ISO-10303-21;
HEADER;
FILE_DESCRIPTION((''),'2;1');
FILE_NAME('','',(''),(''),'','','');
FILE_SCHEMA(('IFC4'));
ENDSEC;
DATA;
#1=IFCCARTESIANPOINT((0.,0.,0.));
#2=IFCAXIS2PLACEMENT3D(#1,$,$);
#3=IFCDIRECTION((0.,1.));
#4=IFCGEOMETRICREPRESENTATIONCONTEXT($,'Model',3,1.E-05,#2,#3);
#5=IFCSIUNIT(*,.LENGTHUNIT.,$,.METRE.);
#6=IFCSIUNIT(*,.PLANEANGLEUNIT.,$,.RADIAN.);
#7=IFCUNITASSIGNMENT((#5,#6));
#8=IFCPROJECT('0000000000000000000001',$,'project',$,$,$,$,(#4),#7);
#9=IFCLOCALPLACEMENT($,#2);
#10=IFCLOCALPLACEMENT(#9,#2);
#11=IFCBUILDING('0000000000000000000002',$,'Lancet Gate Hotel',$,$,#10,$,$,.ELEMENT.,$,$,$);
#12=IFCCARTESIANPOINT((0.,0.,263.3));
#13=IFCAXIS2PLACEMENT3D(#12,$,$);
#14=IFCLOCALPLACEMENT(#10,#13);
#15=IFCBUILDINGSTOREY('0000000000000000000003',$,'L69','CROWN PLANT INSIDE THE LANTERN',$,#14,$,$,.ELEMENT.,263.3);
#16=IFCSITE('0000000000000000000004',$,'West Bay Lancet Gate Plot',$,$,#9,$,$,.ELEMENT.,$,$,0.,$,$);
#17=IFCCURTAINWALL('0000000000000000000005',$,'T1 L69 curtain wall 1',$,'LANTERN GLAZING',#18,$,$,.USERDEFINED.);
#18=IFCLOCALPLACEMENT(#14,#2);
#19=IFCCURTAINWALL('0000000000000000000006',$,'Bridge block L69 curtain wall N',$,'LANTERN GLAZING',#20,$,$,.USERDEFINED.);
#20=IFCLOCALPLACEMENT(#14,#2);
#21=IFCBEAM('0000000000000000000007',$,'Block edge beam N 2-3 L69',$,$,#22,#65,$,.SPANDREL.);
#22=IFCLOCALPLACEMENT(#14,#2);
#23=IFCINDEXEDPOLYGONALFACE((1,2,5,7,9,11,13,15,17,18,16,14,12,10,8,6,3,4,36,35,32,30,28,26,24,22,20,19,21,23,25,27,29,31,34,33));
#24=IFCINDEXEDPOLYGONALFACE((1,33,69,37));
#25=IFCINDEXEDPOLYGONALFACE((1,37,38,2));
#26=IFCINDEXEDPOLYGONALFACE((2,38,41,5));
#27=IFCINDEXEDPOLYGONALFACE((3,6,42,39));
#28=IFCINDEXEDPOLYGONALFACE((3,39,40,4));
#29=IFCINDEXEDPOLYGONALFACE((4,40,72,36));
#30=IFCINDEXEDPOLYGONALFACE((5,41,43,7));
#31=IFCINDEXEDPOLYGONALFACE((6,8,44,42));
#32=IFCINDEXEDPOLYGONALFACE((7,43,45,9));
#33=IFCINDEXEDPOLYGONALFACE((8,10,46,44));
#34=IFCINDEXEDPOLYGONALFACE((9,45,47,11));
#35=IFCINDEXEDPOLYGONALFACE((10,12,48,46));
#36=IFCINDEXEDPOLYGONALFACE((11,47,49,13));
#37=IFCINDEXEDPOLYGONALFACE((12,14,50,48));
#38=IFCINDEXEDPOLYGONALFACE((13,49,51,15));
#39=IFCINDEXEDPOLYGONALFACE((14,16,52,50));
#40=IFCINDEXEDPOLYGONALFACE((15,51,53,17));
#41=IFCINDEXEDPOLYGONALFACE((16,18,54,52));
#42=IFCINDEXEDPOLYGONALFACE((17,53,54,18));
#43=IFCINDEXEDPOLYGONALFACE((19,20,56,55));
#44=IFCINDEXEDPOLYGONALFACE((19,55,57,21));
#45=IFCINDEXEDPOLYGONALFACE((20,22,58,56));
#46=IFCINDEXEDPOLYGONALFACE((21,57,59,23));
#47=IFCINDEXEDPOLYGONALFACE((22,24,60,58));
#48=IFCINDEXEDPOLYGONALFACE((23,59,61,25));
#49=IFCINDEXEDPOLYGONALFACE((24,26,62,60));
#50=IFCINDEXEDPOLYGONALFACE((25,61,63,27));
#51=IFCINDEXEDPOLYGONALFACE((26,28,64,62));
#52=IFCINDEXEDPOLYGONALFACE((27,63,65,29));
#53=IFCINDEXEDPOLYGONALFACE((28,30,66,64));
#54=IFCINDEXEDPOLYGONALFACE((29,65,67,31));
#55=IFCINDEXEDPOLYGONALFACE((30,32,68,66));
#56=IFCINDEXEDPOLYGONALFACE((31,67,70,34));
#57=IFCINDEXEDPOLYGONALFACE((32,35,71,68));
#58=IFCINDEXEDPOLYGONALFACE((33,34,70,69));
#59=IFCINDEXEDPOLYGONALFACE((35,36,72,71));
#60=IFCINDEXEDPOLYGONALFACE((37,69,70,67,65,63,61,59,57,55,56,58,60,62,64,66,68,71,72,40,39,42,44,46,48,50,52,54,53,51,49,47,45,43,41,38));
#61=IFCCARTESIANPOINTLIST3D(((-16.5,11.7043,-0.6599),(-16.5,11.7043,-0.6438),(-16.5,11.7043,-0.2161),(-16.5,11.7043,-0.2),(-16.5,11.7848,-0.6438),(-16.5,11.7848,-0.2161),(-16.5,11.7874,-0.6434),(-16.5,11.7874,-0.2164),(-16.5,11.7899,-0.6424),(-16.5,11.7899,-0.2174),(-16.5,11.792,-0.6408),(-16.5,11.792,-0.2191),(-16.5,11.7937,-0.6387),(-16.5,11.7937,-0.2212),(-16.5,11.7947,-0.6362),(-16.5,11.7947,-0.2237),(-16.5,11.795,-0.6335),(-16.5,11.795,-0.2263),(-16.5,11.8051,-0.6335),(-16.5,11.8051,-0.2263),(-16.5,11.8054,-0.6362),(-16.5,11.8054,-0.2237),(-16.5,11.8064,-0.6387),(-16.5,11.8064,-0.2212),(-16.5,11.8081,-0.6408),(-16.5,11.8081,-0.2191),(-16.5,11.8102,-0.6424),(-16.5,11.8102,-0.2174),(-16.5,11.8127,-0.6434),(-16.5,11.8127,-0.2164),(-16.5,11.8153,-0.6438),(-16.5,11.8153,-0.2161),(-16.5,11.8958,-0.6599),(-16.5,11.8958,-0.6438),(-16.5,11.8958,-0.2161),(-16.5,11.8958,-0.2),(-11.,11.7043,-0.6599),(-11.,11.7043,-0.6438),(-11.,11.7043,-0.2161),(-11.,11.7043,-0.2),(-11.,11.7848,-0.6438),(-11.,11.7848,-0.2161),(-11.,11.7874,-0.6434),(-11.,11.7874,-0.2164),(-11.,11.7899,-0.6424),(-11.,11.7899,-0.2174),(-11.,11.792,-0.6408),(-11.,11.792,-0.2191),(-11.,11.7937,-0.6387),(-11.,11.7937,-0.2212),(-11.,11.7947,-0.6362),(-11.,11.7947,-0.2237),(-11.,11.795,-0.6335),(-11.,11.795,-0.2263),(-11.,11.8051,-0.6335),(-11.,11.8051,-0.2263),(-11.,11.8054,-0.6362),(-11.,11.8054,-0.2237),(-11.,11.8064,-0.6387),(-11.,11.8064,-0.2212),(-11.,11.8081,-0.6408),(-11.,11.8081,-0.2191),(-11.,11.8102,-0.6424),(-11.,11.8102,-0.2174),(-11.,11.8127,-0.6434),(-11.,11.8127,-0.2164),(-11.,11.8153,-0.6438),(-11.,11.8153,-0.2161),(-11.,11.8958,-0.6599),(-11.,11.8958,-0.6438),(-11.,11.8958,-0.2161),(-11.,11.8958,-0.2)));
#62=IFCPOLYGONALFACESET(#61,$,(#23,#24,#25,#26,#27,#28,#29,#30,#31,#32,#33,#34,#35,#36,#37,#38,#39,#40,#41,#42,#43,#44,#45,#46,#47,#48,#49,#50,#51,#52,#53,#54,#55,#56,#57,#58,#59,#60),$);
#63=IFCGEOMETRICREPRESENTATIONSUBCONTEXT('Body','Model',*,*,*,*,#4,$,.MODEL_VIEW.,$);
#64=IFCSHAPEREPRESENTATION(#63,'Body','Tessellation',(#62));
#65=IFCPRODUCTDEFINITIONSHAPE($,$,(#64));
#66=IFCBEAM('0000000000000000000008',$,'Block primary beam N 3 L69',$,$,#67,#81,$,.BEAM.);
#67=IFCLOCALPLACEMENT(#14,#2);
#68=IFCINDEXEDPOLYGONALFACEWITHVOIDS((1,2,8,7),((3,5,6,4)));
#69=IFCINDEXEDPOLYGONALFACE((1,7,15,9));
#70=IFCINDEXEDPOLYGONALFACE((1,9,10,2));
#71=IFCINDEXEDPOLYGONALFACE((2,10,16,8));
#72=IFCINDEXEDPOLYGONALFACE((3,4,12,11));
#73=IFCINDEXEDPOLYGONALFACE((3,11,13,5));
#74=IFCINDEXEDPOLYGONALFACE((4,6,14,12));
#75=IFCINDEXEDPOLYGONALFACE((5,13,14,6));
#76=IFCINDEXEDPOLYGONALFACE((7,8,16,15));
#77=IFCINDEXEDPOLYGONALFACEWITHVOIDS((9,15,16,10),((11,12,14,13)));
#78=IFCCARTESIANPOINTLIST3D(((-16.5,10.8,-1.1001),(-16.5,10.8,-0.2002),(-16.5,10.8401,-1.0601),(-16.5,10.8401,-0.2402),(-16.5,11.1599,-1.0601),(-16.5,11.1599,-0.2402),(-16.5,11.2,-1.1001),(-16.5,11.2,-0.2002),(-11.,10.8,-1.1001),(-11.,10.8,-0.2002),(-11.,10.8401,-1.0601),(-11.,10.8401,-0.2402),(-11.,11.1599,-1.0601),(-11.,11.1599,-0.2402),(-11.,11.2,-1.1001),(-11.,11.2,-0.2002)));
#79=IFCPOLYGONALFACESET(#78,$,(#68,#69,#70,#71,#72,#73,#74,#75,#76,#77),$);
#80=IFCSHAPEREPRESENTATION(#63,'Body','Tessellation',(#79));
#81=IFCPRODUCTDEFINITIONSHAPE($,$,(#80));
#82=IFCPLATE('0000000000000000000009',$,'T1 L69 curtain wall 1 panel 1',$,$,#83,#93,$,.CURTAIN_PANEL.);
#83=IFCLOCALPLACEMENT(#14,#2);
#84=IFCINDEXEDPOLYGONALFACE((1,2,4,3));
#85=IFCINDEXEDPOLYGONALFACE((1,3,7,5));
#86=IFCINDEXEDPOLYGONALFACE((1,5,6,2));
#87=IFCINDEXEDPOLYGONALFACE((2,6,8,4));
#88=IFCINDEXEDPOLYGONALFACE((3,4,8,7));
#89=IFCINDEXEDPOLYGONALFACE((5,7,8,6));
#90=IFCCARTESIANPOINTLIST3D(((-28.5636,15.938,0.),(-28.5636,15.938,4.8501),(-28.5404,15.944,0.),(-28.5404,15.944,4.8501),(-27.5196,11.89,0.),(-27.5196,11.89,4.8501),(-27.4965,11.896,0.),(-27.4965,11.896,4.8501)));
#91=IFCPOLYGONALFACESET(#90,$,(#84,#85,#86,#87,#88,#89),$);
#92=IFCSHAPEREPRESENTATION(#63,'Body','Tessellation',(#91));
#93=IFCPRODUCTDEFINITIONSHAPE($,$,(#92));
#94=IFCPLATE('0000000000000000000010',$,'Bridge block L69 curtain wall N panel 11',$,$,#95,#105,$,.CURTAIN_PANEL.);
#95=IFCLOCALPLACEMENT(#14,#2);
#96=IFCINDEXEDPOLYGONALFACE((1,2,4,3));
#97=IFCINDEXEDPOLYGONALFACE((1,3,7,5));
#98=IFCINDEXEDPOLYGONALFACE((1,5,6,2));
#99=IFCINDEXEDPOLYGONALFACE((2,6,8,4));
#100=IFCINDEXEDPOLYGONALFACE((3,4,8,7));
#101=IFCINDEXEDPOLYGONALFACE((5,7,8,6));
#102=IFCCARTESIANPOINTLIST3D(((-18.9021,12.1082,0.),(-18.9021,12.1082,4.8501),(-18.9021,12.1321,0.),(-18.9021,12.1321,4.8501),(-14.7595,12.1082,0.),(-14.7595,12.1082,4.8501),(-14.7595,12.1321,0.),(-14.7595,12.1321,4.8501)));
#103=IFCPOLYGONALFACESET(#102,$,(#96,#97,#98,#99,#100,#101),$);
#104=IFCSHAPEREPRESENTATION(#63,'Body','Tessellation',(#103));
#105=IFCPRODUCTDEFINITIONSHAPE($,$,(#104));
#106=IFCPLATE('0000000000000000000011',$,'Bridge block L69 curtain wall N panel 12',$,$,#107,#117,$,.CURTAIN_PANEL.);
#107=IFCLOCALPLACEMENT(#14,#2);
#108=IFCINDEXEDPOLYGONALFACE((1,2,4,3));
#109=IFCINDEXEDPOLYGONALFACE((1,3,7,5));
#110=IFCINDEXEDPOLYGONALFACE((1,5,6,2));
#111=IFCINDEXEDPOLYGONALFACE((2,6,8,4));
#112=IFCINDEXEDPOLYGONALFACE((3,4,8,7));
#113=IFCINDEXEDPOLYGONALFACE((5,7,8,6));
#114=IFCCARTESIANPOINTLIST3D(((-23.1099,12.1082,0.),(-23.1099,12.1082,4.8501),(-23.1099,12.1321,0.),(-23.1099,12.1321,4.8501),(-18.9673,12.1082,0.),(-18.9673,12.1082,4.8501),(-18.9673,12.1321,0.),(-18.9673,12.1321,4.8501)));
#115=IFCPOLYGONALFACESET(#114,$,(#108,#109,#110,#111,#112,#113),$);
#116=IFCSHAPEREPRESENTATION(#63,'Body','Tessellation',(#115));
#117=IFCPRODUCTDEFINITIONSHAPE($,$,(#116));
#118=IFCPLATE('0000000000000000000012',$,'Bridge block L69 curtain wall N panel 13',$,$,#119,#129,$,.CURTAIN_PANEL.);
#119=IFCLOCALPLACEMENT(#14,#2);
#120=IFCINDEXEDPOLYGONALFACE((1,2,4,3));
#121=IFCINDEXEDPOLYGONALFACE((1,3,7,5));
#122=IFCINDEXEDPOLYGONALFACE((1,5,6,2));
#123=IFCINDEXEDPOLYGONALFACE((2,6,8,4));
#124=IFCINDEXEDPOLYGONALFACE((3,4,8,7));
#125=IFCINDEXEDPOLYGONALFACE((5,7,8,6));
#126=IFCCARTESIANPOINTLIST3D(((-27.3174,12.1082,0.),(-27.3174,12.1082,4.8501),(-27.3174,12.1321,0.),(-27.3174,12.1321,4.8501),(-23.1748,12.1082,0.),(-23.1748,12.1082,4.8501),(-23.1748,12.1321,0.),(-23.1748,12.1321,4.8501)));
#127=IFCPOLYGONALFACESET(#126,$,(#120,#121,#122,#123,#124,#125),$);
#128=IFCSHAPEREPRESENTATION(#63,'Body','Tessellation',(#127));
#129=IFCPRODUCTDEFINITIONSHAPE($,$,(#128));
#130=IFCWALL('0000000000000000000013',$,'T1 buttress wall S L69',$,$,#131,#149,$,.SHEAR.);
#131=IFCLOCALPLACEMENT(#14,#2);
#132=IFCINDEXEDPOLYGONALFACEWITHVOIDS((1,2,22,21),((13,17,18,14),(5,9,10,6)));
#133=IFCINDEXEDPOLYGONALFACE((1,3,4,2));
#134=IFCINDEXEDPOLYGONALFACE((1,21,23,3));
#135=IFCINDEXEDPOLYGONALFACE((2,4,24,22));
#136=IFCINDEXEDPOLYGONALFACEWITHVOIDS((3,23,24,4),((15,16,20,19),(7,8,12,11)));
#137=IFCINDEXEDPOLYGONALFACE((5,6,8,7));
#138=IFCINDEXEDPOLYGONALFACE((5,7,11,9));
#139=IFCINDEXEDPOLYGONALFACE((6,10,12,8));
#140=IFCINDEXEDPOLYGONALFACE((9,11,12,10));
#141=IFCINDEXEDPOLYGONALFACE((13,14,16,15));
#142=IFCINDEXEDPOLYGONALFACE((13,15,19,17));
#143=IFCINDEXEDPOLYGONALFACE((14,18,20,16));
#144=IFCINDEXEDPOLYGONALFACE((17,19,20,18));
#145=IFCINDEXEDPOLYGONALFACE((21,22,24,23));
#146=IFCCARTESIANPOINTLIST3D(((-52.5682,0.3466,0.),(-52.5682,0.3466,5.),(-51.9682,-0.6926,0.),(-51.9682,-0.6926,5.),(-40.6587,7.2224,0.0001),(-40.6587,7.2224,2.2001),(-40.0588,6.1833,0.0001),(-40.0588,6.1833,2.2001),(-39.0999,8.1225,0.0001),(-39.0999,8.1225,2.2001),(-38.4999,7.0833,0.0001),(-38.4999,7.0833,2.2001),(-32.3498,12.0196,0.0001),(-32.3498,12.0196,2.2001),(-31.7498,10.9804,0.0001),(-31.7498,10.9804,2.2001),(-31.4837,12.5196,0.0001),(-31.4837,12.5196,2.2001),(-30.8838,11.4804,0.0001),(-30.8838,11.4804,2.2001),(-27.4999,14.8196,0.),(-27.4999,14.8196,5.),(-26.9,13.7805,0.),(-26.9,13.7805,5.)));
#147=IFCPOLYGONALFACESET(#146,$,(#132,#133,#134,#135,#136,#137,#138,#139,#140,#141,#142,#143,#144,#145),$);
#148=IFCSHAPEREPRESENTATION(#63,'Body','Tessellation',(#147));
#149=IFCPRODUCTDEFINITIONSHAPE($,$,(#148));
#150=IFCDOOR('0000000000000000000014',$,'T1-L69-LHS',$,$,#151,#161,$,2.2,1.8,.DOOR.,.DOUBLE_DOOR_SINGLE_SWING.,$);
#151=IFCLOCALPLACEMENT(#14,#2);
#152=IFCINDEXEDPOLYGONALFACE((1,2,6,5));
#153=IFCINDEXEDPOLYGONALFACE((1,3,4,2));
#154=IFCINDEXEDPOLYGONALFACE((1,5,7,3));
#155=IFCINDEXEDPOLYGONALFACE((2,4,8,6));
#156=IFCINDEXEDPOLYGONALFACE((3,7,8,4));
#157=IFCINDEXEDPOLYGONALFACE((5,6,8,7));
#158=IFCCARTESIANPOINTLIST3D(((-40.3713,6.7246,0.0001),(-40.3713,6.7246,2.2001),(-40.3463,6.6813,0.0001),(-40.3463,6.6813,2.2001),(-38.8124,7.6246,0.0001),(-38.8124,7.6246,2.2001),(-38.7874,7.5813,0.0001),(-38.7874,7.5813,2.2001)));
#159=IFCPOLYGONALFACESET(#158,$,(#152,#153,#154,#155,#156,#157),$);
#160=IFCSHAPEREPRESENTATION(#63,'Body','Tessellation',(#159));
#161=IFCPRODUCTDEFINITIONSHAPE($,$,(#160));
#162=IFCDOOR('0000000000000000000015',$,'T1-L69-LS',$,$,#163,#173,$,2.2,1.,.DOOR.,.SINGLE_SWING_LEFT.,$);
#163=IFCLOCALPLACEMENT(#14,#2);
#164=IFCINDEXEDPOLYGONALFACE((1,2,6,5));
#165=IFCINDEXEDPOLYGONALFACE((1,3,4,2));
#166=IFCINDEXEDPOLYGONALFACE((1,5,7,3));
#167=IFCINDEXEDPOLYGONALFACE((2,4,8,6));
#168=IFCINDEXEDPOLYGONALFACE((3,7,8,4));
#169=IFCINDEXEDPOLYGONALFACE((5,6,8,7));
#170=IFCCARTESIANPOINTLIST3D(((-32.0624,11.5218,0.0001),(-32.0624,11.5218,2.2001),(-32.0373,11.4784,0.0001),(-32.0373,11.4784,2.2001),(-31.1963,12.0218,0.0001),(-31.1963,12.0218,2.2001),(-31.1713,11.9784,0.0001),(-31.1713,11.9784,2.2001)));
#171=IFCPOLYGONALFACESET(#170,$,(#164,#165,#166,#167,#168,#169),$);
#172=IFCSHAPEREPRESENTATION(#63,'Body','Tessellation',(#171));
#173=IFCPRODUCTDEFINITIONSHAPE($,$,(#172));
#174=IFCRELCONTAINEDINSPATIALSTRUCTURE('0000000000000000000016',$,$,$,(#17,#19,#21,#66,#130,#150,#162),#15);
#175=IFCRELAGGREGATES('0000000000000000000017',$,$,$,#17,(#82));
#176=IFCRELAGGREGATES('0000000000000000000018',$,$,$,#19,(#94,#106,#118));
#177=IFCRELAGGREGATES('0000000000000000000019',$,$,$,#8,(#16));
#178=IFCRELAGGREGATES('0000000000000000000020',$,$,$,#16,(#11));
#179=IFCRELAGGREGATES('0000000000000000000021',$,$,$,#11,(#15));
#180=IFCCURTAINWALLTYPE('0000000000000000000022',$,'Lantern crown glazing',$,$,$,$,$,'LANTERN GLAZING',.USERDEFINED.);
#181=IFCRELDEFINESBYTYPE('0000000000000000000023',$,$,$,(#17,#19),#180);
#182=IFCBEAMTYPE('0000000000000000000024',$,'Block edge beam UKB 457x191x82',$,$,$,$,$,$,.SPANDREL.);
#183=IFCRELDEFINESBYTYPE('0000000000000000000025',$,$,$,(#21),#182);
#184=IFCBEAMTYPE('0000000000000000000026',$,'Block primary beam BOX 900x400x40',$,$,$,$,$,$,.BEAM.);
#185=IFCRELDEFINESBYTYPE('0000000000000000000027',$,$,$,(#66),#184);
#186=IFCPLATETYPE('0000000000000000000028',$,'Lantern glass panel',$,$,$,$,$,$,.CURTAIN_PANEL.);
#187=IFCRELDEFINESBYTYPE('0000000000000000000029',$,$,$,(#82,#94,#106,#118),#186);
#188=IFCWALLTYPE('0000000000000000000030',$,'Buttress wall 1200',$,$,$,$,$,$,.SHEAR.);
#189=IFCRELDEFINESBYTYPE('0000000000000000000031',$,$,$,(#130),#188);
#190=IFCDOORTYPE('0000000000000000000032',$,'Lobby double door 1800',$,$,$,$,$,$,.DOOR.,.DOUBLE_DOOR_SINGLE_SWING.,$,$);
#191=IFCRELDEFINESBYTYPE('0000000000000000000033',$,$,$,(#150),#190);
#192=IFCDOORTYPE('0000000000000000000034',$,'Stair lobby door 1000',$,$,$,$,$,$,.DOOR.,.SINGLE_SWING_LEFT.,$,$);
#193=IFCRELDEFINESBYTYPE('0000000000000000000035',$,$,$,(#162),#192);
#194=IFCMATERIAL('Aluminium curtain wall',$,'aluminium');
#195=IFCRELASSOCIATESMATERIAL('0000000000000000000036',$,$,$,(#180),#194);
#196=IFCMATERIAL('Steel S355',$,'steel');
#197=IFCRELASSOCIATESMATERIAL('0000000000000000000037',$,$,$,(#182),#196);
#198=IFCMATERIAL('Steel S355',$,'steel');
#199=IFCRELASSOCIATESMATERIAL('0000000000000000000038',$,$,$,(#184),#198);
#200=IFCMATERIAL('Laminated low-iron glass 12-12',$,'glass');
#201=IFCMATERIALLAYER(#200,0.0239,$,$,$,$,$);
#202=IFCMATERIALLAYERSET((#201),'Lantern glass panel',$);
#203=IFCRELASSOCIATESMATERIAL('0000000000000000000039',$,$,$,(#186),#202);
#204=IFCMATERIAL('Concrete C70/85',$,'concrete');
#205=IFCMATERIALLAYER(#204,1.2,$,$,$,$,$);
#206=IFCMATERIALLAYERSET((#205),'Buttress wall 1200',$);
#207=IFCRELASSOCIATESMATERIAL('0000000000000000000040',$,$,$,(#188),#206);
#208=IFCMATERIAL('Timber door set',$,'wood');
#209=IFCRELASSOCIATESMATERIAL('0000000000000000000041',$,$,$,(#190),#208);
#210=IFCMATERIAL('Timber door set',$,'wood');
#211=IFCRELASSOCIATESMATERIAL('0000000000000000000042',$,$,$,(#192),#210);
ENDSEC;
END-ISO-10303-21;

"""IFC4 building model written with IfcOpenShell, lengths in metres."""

from ifc_helpers import new_model, si_unit, direction, frame, frame_2d, origin, origin_2d, place, context, subcontext, project, spatial, rectangle, hollow_rectangle, i_section, extrude, material, layer, layer_set, material_profile, profile_set, type_object, element, fill, aggregate, save


model = new_model("IFC4")

# Units and contexts
model_context = context("Model", 3, precision=1e-05, world=origin(), true_north=direction((0.0, 1.0)))
body_context = subcontext(model_context, "Body", "Model", "MODEL_VIEW")
ifc_project = project(units=[si_unit("LENGTHUNIT", "METRE"), si_unit("PLANEANGLEUNIT", "RADIAN")], contexts=[model_context])

# Site, building, storey
site_placement = place(None, origin())
site = spatial("IfcSite", under=ifc_project, at=site_placement, Name="West Bay Lancet Gate Plot", CompositionType="ELEMENT", RefElevation=0.0)
building_placement = place(site_placement, origin())
building = spatial("IfcBuilding", under=site, at=building_placement, Name="Lancet Gate Hotel", CompositionType="ELEMENT")
storey_placement = place(building_placement, frame((0.0, 0.0, 263.3)))
storey = spatial("IfcBuildingStorey", under=building, at=storey_placement, Name="L69", Description="CROWN PLANT INSIDE THE LANTERN", CompositionType="ELEMENT", Elevation=263.3)

# Curtain wall
ifc_material_1 = material(Name="Aluminium curtain wall", Category="aluminium")
curtain_wall_type = type_object("IfcCurtainWallType", Name="Lantern crown glazing", ElementType="LANTERN GLAZING", PredefinedType="USERDEFINED", material=ifc_material_1)
curtain_wall_1_placement = place(storey_placement, origin())
curtain_wall_1 = element("IfcCurtainWall", 1, at=curtain_wall_1_placement, inside=storey, type_object=curtain_wall_type, Name="T1 L69 curtain wall 1", ObjectType="LANTERN GLAZING", PredefinedType="USERDEFINED")

# Curtain wall
curtain_wall_2_placement = place(storey_placement, origin())
curtain_wall_2 = element("IfcCurtainWall", 2, at=curtain_wall_2_placement, inside=storey, type_object=curtain_wall_type, Name="Bridge block L69 curtain wall N", ObjectType="LANTERN GLAZING", PredefinedType="USERDEFINED")

# Beams
ifc_material_2 = material(Name="Steel S355", Category="steel")
ifc_material_profile_1 = material_profile(ifc_material_2, i_section(OverallWidth=0.1914, OverallDepth=0.46, WebThickness=0.01, FlangeThickness=0.0161, FilletRadius=0.0103, at=origin_2d()), Name="UKB 457x191x82")
ifc_profile_set_1 = profile_set([ifc_material_profile_1], Name="Steel S355")
beam_type_1 = type_object("IfcBeamType", Name="Block edge beam UKB 457x191x82", PredefinedType="SPANDREL", material=ifc_profile_set_1)
for number, where, z_axis, x_axis, name in (
    (3, (-16.5, 11.8, -0.4299), (1.0, 0.0, 0.0), (0.0, 1.0, 0.0), "Block edge beam N 2-3 L69"),
):
    element("IfcBeam", number, at=place(storey_placement, frame(where, z_axis=z_axis, x_axis=x_axis)), inside=storey, type_object=beam_type_1, Name=name, PredefinedType="SPANDREL", context=body_context, shape_type="SweptSolid", body=[
        extrude(i_section(OverallWidth=0.1914, OverallDepth=0.46, WebThickness=0.01, FlangeThickness=0.0161, FilletRadius=0.0103, at=origin_2d()), origin(), (0.0, 0.0, 1.0), 5.5),
    ])
ifc_material_3 = material(Name="Steel S355", Category="steel")
ifc_material_profile_2 = material_profile(ifc_material_3, hollow_rectangle(XDim=0.3999, YDim=0.8999, WallThickness=0.04, at=origin_2d()), Name="BOX 900x400x40")
ifc_profile_set_2 = profile_set([ifc_material_profile_2], Name="Steel S355")
beam_type_2 = type_object("IfcBeamType", Name="Block primary beam BOX 900x400x40", PredefinedType="BEAM", material=ifc_profile_set_2)
beam_1_placement = place(storey_placement, frame((-16.5, 11.0, -0.6501), z_axis=(1.0, 0.0, 0.0), x_axis=(0.0, 1.0, 0.0)))
element("IfcBeam", 4, at=beam_1_placement, inside=storey, type_object=beam_type_2, Name="Block primary beam N 3 L69", PredefinedType="BEAM", context=body_context, shape_type="SweptSolid", body=[
    extrude(hollow_rectangle(XDim=0.3999, YDim=0.8999, WallThickness=0.04, at=origin_2d()), origin(), (0.0, 0.0, 1.0), 5.5),
])

# Plates
ifc_material_4 = material(Name="Laminated low-iron glass 12-12", Category="glass")
ifc_layer_1 = layer(ifc_material_4, 0.0239)
ifc_layer_set_1 = layer_set([ifc_layer_1], Name="Lantern glass panel")
plate_type = type_object("IfcPlateType", Name="Lantern glass panel", PredefinedType="CURTAIN_PANEL", material=ifc_layer_set_1)
plate_1_placement = place(storey_placement, frame((-28.03, 13.917, 0.0), z_axis=(0.0, 0.0, 1.0), x_axis=(-0.249726, 0.968317, 0.0)))
plate_1 = element("IfcPlate", 5, at=plate_1_placement, type_object=plate_type, Name="T1 L69 curtain wall 1 panel 1", PredefinedType="CURTAIN_PANEL", context=body_context, shape_type="SweptSolid", body=[
    extrude(rectangle(XDim=4.1804, YDim=0.0239, at=origin_2d()), origin(), (0.0, 0.0, 1.0), 4.8501),
])
aggregate(curtain_wall_1, [plate_1])
plate_2_placement = place(storey_placement, frame((-16.8308, 12.1201, 0.0), z_axis=(0.0, 0.0, 1.0), x_axis=(-1.0, 0.0, 0.0)))
plate_2 = element("IfcPlate", 6, at=plate_2_placement, type_object=plate_type, Name="Bridge block L69 curtain wall N panel 11", PredefinedType="CURTAIN_PANEL", context=body_context, shape_type="SweptSolid", body=[
    extrude(rectangle(XDim=4.1426, YDim=0.0239, at=origin_2d()), origin(), (0.0, 0.0, 1.0), 4.8501),
])
plate_3_placement = place(storey_placement, frame((-21.0386, 12.1201, 0.0), z_axis=(0.0, 0.0, 1.0), x_axis=(-1.0, 0.0, 0.0)))
plate_3 = element("IfcPlate", 7, at=plate_3_placement, type_object=plate_type, Name="Bridge block L69 curtain wall N panel 12", PredefinedType="CURTAIN_PANEL", context=body_context, shape_type="SweptSolid", body=[
    extrude(rectangle(XDim=4.1426, YDim=0.0239, at=origin_2d()), origin(), (0.0, 0.0, 1.0), 4.8501),
])
plate_4_placement = place(storey_placement, frame((-25.2461, 12.1201, 0.0), z_axis=(0.0, 0.0, 1.0), x_axis=(-1.0, 0.0, 0.0)))
plate_4 = element("IfcPlate", 8, at=plate_4_placement, type_object=plate_type, Name="Bridge block L69 curtain wall N panel 13", PredefinedType="CURTAIN_PANEL", context=body_context, shape_type="SweptSolid", body=[
    extrude(rectangle(XDim=4.1426, YDim=0.0239, at=origin_2d()), origin(), (0.0, 0.0, 1.0), 4.8501),
])
aggregate(curtain_wall_2, [plate_2, plate_3, plate_4])

# Wall, openings, doors
ifc_material_5 = material(Name="Concrete C70/85", Category="concrete")
ifc_layer_2 = layer(ifc_material_5, 1.2)
ifc_layer_set_2 = layer_set([ifc_layer_2], Name="Buttress wall 1200")
wall_type = type_object("IfcWallType", Name="Buttress wall 1200", PredefinedType="SHEAR", material=ifc_layer_set_2)
wall_placement = place(storey_placement, frame((-27.2, 14.3, 0.0), z_axis=(0.0, 0.0, 1.0), x_axis=(-0.866027, -0.499998, 0.0)))
wall = element("IfcWall", 9, at=wall_placement, inside=storey, type_object=wall_type, Name="T1 buttress wall S L69", PredefinedType="SHEAR", context=body_context, shape_type="SweptSolid", body=[
    extrude(rectangle(XDim=28.9463, YDim=1.2, at=frame_2d((14.4731, 0.0))), origin(), (0.0, 0.0, 1.0), 5.0),
])
opening_1_placement = place(wall_placement, frame((4.6001, 0.0, 0.0)))
opening_1 = element("IfcOpeningElement", 10, at=opening_1_placement, cuts=wall, PredefinedType="OPENING", context=body_context, shape_type="SweptSolid", body=[
    extrude(rectangle(XDim=1.0, YDim=2.2, at=frame_2d((0.5, 1.1001))), frame((0.0, 0.6099, 0.0), z_axis=(0.0, -1.0, 0.0), x_axis=(1.0, 0.0, 0.0)), (0.0, 0.0, 1.0), 1.22),
])
opening_2_placement = place(wall_placement, frame((13.3945, 0.0, 0.0)))
opening_2 = element("IfcOpeningElement", 11, at=opening_2_placement, cuts=wall, PredefinedType="OPENING", context=body_context, shape_type="SweptSolid", body=[
    extrude(rectangle(XDim=1.8, YDim=2.2, at=frame_2d((0.8999, 1.1001))), frame((0.0, 0.6099, 0.0), z_axis=(0.0, -1.0, 0.0), x_axis=(1.0, 0.0, 0.0)), (0.0, 0.0, 1.0), 1.22),
])
ifc_material_6 = material(Name="Timber door set", Category="wood")
door_type_1 = type_object("IfcDoorType", Name="Lobby double door 1800", OperationType="DOUBLE_DOOR_SINGLE_SWING", PredefinedType="DOOR", material=ifc_material_6)
door_1_placement = place(opening_2_placement, origin())
door_1 = element("IfcDoor", 12, at=door_1_placement, inside=storey, type_object=door_type_1, Name="T1-L69-LHS", OperationType="DOUBLE_DOOR_SINGLE_SWING", OverallHeight=2.2, OverallWidth=1.8, PredefinedType="DOOR", context=body_context, shape_type="SweptSolid", body=[
    extrude(rectangle(XDim=1.8, YDim=2.2, at=frame_2d((0.8999, 1.1001))), frame((0.0, 0.0249, 0.0), z_axis=(0.0, -1.0, 0.0), x_axis=(1.0, 0.0, 0.0)), (0.0, 0.0, 1.0), 0.05),
])
fill(opening_2, door_1)
ifc_material_7 = material(Name="Timber door set", Category="wood")
door_type_2 = type_object("IfcDoorType", Name="Stair lobby door 1000", OperationType="SINGLE_SWING_LEFT", PredefinedType="DOOR", material=ifc_material_7)
door_2_placement = place(opening_1_placement, origin())
door_2 = element("IfcDoor", 13, at=door_2_placement, inside=storey, type_object=door_type_2, Name="T1-L69-LS", OperationType="SINGLE_SWING_LEFT", OverallHeight=2.2, OverallWidth=1.0, PredefinedType="DOOR", context=body_context, shape_type="SweptSolid", body=[
    extrude(rectangle(XDim=1.0, YDim=2.2, at=frame_2d((0.5, 1.1001))), frame((0.0, 0.0249, 0.0), z_axis=(0.0, -1.0, 0.0), x_axis=(1.0, 0.0, 0.0)), (0.0, 0.0, 1.0), 0.05),
])
fill(opening_1, door_2)

save(model, "model.ifc")
